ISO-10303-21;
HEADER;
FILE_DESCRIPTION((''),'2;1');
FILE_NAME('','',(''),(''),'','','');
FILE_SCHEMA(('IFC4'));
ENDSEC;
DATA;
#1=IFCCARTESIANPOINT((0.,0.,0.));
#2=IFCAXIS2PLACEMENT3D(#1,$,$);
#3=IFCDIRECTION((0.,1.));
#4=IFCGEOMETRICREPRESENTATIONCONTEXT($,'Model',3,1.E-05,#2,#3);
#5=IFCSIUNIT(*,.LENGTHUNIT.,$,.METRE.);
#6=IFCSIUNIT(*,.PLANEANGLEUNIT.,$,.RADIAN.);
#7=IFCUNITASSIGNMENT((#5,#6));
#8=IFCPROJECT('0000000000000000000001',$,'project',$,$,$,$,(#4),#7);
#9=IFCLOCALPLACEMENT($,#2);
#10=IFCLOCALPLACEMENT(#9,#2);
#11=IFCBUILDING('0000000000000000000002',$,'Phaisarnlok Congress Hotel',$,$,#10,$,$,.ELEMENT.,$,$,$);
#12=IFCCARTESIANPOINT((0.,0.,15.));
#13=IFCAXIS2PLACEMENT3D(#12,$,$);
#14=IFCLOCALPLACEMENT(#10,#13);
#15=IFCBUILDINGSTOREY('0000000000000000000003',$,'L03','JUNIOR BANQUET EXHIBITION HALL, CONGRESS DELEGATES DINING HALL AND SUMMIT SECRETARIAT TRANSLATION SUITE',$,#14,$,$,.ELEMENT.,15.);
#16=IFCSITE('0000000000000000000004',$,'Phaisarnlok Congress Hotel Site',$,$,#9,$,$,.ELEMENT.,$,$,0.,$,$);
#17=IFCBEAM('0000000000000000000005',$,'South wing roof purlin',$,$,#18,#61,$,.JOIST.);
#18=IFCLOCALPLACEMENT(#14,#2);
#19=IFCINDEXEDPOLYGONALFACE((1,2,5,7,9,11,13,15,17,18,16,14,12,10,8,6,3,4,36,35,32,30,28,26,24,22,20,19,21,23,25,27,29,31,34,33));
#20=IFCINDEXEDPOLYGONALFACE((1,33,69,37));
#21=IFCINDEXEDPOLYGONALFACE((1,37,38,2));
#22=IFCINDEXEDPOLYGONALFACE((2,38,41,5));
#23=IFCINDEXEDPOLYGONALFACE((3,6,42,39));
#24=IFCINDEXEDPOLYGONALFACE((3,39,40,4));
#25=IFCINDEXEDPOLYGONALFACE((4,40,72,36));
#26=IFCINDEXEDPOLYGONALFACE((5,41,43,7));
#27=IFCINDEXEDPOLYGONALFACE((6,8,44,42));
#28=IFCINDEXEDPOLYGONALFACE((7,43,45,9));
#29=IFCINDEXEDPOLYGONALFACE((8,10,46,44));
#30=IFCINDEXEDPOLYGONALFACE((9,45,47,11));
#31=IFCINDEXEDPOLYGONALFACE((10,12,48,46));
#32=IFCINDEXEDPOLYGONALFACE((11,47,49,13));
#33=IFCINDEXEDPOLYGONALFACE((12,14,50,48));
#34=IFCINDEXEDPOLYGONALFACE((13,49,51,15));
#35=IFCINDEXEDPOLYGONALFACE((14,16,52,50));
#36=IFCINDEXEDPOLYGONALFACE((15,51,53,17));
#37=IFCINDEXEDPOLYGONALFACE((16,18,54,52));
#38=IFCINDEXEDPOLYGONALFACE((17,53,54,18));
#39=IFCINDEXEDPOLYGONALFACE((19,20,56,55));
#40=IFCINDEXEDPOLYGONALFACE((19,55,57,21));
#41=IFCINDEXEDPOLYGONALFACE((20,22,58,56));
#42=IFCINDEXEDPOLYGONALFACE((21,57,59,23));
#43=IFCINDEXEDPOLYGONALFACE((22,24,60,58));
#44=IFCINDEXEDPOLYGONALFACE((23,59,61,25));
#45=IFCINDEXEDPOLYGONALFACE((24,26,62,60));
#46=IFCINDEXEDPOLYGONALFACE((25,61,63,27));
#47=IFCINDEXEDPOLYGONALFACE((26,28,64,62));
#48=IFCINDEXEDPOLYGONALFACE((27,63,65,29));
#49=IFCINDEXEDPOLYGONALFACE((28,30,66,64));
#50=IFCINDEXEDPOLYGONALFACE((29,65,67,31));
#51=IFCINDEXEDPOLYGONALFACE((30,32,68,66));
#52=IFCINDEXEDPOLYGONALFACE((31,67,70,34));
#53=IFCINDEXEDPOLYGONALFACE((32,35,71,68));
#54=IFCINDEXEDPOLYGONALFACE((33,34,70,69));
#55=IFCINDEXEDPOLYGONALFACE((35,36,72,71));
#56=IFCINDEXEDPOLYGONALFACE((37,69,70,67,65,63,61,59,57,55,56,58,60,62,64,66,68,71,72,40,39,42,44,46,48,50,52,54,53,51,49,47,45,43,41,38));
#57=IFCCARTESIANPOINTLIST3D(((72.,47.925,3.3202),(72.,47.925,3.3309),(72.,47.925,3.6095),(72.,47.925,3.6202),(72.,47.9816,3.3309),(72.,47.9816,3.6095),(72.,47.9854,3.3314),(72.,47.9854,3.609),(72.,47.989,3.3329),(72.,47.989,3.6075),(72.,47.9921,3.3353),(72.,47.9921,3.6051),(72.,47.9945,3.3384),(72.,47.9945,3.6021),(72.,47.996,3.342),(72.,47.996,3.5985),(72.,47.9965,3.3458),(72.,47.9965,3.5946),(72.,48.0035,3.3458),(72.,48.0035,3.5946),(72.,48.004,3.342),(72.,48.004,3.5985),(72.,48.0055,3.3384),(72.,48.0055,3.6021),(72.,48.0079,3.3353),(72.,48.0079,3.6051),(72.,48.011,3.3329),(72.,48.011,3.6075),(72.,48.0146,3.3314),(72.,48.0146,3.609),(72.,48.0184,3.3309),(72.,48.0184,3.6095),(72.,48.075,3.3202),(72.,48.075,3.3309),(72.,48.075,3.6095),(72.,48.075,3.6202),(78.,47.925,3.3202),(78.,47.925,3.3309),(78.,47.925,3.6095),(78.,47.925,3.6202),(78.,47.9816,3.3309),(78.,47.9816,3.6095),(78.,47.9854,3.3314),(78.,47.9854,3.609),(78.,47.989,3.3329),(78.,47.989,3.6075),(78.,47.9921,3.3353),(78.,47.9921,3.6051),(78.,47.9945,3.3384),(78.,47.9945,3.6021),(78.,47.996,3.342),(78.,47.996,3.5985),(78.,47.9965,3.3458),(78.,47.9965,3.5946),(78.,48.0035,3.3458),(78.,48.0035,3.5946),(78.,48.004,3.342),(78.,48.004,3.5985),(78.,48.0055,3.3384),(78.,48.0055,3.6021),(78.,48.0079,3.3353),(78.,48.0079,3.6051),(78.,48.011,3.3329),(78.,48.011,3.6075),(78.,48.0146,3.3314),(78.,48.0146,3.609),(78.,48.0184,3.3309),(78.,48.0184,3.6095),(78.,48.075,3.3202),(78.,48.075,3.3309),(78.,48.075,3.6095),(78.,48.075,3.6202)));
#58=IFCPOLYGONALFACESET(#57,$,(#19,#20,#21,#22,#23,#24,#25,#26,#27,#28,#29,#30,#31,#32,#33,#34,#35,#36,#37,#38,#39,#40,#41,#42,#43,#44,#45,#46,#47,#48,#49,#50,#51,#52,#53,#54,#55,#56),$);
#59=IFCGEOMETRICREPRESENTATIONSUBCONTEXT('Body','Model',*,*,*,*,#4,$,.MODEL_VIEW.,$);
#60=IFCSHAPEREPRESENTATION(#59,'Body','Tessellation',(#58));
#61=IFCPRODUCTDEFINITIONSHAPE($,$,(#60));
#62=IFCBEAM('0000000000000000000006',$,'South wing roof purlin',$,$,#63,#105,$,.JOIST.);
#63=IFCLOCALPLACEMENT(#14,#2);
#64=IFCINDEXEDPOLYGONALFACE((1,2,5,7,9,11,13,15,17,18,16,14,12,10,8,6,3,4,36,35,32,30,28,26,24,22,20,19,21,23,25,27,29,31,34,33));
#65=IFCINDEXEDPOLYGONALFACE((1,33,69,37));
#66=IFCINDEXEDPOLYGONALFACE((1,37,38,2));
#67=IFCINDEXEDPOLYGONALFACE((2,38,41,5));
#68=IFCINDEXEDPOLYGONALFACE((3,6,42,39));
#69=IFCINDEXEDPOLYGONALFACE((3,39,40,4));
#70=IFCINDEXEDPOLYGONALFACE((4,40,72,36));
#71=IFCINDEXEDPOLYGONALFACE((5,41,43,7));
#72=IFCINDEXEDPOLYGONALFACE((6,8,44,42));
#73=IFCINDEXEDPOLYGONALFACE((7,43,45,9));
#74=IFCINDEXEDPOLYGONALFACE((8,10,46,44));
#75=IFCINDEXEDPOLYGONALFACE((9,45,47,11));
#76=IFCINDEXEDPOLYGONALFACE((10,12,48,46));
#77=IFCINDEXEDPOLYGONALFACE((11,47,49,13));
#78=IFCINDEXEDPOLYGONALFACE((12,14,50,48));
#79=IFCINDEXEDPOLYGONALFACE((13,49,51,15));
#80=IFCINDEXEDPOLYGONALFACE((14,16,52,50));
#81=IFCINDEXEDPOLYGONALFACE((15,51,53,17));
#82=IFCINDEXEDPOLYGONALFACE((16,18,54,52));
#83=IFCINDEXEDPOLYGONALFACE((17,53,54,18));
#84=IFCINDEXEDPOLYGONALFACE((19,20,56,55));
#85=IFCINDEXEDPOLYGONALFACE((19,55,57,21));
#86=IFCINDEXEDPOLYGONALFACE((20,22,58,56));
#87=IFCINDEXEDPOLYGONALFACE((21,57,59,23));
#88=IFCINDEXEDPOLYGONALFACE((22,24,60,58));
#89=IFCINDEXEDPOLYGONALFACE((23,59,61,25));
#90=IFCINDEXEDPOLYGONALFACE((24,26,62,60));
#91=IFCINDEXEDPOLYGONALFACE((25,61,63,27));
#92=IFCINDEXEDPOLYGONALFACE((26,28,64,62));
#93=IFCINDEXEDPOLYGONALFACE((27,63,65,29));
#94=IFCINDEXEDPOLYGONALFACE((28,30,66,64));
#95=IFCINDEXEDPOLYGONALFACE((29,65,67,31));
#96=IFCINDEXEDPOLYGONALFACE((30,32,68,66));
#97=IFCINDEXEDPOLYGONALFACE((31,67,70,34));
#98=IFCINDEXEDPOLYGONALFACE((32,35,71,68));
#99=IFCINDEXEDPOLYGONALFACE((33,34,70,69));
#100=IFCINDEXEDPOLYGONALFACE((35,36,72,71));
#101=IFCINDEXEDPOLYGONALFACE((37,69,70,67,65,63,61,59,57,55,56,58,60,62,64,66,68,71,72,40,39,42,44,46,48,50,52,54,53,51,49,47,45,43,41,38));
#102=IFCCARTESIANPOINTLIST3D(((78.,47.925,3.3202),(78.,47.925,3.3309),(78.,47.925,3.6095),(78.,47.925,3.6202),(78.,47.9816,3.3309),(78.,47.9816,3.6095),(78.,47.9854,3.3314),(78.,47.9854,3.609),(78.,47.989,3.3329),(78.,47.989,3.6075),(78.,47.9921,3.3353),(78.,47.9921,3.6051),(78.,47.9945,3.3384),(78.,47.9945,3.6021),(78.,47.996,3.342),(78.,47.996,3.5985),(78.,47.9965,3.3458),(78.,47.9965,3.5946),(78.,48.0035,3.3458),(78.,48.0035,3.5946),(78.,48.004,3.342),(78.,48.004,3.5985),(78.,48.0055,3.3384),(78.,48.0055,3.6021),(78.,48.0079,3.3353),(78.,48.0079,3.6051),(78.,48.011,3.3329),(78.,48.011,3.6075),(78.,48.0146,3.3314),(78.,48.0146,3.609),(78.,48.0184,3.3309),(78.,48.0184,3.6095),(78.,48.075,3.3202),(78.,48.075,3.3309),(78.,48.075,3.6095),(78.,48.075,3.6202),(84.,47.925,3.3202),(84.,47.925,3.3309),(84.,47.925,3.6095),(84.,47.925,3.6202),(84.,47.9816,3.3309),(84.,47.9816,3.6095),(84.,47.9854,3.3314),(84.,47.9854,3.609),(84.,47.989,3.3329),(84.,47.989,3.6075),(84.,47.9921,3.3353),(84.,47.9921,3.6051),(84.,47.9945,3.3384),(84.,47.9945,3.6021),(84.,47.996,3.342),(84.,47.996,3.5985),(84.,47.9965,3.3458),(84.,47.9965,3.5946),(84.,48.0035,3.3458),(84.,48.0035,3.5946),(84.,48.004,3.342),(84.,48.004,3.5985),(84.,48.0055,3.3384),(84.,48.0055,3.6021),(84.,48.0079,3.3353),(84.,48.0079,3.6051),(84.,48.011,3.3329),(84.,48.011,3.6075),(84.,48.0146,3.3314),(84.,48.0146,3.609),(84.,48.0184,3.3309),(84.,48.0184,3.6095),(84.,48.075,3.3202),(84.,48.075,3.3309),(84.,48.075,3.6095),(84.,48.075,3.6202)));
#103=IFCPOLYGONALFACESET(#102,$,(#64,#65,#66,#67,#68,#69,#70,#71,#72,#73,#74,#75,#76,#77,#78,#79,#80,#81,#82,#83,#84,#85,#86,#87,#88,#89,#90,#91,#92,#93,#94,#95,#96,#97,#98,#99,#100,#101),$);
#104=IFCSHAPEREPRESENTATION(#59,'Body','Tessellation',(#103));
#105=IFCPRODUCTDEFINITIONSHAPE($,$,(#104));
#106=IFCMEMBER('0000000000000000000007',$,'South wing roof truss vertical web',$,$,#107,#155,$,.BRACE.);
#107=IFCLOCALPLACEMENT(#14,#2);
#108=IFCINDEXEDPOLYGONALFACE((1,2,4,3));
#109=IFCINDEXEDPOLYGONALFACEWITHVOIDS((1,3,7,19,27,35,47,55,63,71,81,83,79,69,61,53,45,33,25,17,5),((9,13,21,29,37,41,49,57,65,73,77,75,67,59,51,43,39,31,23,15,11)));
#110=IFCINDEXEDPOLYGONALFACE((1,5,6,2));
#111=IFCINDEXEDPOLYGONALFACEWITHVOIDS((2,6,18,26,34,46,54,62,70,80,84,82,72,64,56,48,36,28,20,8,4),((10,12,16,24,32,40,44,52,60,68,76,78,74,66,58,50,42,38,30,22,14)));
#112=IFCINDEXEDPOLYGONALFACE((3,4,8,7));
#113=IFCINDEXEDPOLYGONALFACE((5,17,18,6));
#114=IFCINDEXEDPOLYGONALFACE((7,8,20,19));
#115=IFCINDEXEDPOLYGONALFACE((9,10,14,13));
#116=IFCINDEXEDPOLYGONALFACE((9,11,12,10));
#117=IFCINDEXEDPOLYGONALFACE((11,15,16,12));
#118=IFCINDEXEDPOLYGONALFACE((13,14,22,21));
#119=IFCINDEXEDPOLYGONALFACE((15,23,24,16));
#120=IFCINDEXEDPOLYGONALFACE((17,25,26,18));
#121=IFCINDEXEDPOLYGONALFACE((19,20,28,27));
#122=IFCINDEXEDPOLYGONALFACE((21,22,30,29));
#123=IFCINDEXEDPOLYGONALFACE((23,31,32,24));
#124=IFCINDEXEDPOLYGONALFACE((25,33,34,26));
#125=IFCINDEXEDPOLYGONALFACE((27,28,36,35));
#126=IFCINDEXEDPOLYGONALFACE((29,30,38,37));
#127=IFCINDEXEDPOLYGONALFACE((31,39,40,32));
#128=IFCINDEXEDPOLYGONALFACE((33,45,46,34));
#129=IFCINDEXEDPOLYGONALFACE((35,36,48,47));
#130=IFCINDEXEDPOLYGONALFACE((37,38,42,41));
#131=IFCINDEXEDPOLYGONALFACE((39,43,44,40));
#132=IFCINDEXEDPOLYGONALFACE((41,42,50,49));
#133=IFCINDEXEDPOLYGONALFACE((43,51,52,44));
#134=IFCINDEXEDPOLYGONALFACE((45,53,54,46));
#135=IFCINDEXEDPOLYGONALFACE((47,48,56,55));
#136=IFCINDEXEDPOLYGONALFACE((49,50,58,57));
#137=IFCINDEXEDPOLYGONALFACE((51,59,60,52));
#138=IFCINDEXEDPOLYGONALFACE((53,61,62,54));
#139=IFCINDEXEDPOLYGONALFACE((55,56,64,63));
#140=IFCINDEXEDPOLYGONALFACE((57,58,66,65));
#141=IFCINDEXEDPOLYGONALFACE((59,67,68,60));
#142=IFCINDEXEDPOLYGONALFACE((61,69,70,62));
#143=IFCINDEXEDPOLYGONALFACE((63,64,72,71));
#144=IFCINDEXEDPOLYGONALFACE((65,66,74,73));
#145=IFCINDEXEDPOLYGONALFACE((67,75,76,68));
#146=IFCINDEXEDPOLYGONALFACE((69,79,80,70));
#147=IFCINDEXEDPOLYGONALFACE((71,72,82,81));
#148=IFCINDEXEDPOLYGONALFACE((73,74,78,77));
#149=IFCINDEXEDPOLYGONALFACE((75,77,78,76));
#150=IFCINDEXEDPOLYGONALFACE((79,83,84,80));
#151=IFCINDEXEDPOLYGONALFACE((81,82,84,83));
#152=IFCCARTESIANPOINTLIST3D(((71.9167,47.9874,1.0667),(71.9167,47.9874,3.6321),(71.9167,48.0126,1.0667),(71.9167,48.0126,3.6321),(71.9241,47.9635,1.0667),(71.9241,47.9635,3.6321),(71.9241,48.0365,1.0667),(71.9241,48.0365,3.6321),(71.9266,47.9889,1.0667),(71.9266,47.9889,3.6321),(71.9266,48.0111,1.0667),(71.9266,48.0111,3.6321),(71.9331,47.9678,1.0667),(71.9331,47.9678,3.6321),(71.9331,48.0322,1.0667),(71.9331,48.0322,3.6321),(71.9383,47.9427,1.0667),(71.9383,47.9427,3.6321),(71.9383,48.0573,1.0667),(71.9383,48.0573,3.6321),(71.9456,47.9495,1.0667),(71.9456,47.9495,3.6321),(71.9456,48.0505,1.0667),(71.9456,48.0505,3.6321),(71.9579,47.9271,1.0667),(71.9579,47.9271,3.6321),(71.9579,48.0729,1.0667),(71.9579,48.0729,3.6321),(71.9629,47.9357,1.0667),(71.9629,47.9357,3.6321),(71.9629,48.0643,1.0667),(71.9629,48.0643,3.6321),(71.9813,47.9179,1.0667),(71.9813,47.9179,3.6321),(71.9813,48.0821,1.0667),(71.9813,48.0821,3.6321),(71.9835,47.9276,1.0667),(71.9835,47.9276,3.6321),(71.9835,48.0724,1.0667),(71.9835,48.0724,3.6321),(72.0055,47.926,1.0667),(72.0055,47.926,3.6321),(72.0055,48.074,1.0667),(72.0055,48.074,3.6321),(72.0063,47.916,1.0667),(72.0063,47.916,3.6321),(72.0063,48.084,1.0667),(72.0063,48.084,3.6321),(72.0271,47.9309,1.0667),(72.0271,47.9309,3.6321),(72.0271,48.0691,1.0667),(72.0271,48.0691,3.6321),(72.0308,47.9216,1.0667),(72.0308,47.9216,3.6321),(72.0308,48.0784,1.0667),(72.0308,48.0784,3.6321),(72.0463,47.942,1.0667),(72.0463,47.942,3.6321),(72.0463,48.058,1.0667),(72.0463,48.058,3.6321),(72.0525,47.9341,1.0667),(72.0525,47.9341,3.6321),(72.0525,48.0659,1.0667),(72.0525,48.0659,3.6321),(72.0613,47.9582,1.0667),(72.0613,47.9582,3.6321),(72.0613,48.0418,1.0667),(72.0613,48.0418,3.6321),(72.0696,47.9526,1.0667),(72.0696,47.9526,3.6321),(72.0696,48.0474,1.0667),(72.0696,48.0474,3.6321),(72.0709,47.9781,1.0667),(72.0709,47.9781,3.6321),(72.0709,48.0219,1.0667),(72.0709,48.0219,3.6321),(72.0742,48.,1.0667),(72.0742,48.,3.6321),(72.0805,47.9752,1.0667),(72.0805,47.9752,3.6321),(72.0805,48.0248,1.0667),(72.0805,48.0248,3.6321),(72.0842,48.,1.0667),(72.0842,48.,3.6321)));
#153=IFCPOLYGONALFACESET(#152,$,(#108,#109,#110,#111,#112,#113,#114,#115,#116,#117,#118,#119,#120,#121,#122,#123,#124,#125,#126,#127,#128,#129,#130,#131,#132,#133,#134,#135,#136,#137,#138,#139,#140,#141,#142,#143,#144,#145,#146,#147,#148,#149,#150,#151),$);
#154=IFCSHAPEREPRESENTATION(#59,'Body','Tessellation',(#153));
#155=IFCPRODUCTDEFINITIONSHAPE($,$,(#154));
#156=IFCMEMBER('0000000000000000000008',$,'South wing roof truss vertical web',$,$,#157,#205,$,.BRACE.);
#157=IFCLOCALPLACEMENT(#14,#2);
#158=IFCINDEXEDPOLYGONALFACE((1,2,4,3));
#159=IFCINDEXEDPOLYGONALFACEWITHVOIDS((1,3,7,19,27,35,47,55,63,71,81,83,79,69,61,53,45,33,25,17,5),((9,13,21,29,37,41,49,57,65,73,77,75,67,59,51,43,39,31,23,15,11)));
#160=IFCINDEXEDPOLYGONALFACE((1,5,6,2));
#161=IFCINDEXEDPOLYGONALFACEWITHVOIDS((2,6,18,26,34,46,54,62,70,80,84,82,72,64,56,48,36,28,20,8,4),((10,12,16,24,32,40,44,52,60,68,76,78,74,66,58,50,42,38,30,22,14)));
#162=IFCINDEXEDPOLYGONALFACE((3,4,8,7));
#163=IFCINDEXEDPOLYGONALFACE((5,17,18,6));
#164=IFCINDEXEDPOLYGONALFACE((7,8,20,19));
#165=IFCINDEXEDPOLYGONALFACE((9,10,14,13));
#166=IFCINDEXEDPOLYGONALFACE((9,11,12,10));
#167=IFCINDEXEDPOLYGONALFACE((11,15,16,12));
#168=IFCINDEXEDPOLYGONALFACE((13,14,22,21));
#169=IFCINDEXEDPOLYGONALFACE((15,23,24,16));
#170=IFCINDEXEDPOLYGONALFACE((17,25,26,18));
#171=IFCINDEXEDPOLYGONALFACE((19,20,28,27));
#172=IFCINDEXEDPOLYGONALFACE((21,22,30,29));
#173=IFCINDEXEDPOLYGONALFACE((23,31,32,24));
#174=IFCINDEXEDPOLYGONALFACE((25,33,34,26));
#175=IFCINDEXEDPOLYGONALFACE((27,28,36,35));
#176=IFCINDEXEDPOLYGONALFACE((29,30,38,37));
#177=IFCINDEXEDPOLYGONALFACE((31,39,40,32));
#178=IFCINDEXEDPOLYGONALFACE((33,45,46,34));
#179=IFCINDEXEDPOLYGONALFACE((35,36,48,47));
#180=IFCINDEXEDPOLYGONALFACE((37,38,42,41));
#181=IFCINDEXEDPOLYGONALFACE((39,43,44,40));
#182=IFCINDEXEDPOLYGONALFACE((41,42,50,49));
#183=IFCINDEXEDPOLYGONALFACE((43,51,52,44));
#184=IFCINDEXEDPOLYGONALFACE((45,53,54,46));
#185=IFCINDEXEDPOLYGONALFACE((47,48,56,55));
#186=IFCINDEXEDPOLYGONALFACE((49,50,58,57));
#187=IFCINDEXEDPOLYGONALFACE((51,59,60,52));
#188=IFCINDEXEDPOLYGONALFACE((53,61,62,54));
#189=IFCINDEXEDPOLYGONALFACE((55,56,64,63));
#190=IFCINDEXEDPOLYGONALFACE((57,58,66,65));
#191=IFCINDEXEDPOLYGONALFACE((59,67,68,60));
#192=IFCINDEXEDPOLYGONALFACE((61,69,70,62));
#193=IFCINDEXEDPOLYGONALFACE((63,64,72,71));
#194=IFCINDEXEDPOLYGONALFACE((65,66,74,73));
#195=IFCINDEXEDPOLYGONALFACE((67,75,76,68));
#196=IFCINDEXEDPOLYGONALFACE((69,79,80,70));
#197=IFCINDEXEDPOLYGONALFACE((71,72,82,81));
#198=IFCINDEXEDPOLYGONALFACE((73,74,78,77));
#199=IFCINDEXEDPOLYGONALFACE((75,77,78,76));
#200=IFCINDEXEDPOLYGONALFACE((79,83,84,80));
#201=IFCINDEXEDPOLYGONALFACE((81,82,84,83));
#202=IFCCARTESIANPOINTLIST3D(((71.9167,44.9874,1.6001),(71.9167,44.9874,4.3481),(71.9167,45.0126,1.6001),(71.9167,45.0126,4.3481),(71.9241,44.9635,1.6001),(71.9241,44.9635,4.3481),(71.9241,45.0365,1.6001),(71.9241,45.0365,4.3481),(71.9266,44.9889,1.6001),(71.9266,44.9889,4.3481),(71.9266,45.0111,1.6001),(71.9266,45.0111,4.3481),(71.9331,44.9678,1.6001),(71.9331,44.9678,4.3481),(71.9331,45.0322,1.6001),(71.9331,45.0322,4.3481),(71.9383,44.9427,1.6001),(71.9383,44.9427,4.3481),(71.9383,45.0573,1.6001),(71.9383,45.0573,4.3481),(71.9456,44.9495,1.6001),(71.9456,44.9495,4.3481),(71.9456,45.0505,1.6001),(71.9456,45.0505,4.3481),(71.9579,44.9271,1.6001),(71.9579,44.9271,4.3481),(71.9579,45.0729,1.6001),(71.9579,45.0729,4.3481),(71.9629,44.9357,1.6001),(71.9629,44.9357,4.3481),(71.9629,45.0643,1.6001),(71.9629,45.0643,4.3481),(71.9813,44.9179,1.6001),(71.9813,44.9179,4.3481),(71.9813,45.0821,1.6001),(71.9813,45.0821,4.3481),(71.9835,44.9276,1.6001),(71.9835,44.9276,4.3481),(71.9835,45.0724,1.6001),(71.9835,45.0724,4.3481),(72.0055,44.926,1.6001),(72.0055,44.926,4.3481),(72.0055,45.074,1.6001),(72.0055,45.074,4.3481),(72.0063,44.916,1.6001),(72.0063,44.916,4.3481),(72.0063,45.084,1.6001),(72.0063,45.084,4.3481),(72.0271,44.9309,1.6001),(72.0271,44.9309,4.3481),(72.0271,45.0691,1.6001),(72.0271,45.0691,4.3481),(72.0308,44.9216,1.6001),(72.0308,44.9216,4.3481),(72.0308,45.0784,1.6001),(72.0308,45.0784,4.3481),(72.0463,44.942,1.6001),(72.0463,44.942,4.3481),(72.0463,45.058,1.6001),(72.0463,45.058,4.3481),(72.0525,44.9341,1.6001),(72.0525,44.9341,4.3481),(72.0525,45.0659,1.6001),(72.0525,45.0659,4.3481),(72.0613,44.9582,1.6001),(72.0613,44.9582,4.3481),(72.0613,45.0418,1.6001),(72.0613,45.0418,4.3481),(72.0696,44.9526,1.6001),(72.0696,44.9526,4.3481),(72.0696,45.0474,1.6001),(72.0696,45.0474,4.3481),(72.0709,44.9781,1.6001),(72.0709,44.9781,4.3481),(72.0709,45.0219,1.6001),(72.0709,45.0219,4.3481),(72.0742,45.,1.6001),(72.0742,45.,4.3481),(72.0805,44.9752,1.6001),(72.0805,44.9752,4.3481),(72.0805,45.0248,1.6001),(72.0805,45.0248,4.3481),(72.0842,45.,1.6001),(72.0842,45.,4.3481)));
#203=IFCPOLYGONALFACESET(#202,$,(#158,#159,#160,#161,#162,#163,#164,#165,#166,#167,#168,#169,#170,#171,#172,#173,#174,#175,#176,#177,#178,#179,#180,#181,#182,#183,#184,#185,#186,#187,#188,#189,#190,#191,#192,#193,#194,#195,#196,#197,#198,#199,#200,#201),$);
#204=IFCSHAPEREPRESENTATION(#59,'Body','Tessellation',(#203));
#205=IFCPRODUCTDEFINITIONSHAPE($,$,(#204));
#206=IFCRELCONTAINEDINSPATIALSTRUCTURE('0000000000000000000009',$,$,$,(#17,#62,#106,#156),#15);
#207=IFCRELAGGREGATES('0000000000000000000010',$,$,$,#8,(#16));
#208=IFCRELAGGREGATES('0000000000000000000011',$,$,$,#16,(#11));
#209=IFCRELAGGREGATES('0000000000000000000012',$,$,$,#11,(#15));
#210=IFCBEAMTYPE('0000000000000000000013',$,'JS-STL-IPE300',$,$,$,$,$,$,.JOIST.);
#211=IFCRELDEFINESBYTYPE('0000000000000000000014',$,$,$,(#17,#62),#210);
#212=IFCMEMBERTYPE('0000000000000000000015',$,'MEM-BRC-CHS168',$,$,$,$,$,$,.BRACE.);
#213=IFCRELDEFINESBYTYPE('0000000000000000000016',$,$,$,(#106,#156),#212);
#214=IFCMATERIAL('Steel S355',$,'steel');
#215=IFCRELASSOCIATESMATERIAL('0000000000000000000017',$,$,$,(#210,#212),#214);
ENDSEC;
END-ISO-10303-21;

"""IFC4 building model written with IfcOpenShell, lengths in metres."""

from ifc_helpers import new_model, si_unit, direction, frame, origin, origin_2d, place, context, subcontext, project, spatial, hollow_circle, i_section, extrude, material, material_profile, profile_set, type_object, element, save


model = new_model("IFC4")

# Units and contexts
model_context = context("Model", 3, precision=1e-05, world=origin(), true_north=direction((0.0, 1.0)))
body_context = subcontext(model_context, "Body", "Model", "MODEL_VIEW")
ifc_project = project(units=[si_unit("LENGTHUNIT", "METRE"), si_unit("PLANEANGLEUNIT", "RADIAN")], contexts=[model_context])

# Site, building, storey
site_placement = place(None, origin())
site = spatial("IfcSite", under=ifc_project, at=site_placement, Name="Phaisarnlok Congress Hotel Site", CompositionType="ELEMENT", RefElevation=0.0)
building_placement = place(site_placement, origin())
building = spatial("IfcBuilding", under=site, at=building_placement, Name="Phaisarnlok Congress Hotel", CompositionType="ELEMENT")
storey_placement = place(building_placement, frame((0.0, 0.0, 15.0)))
storey = spatial("IfcBuildingStorey", under=building, at=storey_placement, Name="L03", Description="JUNIOR BANQUET EXHIBITION HALL, CONGRESS DELEGATES DINING HALL AND SUMMIT SECRETARIAT TRANSLATION SUITE", CompositionType="ELEMENT", Elevation=15.0)

# Beams
ifc_material = material(Name="Steel S355", Category="steel")
ifc_material_profile_1 = material_profile(ifc_material, i_section(OverallWidth=0.1499, OverallDepth=0.3, WebThickness=0.0071, FlangeThickness=0.0107, FilletRadius=0.0149, at=origin_2d()), Name="IPE 300")
ifc_profile_set_1 = profile_set([ifc_material_profile_1], Name="Steel S355")
beam_type = type_object("IfcBeamType", Name="JS-STL-IPE300", PredefinedType="JOIST", material=ifc_profile_set_1)
for number, where, z_axis, x_axis, name in (
    (1, (72.0, 48.0, 3.4702), (1.0, 0.0, 0.0), (0.0, 1.0, 0.0), "South wing roof purlin"),
    (2, (78.0, 48.0, 3.4702), (1.0, 0.0, 0.0), (0.0, 1.0, 0.0), "South wing roof purlin"),
):
    element("IfcBeam", number, at=place(storey_placement, frame(where, z_axis=z_axis, x_axis=x_axis)), inside=storey, type_object=beam_type, Name=name, PredefinedType="JOIST", context=body_context, shape_type="SweptSolid", body=[
        extrude(i_section(OverallWidth=0.1499, OverallDepth=0.3, WebThickness=0.0071, FlangeThickness=0.0107, FilletRadius=0.0149, at=origin_2d()), origin(), (0.0, 0.0, 1.0), 6.0),
    ])

# Members
ifc_material_profile_2 = material_profile(ifc_material, hollow_circle(Radius=0.0842, WallThickness=0.01, at=origin_2d()), Name="CHS 168.3x10")
ifc_profile_set_2 = profile_set([ifc_material_profile_2], Name="Steel S355")
member_type_1 = type_object("IfcMemberType", Name="MEM-BRC-CHS168", PredefinedType="BRACE", material=ifc_profile_set_2)
member_1_placement = place(storey_placement, frame((72.0, 48.0, 1.0667), z_axis=(0.0, 0.0, 1.0), x_axis=(1.0, 0.0, 0.0)))
element("IfcMember", 3, at=member_1_placement, inside=storey, type_object=member_type_1, Name="South wing roof truss vertical web", PredefinedType="BRACE", context=body_context, shape_type="SweptSolid", body=[
    extrude(hollow_circle(Radius=0.0842, WallThickness=0.01, at=origin_2d()), origin(), (0.0, 0.0, 1.0), 2.5654),
])
member_2_placement = place(storey_placement, frame((72.0, 45.0, 1.6001), z_axis=(0.0, 0.0, 1.0), x_axis=(1.0, 0.0, 0.0)))
element("IfcMember", 4, at=member_2_placement, inside=storey, type_object=member_type_1, Name="South wing roof truss vertical web", PredefinedType="BRACE", context=body_context, shape_type="SweptSolid", body=[
    extrude(hollow_circle(Radius=0.0842, WallThickness=0.01, at=origin_2d()), origin(), (0.0, 0.0, 1.0), 2.748),
])

save(model, "model.ifc")
